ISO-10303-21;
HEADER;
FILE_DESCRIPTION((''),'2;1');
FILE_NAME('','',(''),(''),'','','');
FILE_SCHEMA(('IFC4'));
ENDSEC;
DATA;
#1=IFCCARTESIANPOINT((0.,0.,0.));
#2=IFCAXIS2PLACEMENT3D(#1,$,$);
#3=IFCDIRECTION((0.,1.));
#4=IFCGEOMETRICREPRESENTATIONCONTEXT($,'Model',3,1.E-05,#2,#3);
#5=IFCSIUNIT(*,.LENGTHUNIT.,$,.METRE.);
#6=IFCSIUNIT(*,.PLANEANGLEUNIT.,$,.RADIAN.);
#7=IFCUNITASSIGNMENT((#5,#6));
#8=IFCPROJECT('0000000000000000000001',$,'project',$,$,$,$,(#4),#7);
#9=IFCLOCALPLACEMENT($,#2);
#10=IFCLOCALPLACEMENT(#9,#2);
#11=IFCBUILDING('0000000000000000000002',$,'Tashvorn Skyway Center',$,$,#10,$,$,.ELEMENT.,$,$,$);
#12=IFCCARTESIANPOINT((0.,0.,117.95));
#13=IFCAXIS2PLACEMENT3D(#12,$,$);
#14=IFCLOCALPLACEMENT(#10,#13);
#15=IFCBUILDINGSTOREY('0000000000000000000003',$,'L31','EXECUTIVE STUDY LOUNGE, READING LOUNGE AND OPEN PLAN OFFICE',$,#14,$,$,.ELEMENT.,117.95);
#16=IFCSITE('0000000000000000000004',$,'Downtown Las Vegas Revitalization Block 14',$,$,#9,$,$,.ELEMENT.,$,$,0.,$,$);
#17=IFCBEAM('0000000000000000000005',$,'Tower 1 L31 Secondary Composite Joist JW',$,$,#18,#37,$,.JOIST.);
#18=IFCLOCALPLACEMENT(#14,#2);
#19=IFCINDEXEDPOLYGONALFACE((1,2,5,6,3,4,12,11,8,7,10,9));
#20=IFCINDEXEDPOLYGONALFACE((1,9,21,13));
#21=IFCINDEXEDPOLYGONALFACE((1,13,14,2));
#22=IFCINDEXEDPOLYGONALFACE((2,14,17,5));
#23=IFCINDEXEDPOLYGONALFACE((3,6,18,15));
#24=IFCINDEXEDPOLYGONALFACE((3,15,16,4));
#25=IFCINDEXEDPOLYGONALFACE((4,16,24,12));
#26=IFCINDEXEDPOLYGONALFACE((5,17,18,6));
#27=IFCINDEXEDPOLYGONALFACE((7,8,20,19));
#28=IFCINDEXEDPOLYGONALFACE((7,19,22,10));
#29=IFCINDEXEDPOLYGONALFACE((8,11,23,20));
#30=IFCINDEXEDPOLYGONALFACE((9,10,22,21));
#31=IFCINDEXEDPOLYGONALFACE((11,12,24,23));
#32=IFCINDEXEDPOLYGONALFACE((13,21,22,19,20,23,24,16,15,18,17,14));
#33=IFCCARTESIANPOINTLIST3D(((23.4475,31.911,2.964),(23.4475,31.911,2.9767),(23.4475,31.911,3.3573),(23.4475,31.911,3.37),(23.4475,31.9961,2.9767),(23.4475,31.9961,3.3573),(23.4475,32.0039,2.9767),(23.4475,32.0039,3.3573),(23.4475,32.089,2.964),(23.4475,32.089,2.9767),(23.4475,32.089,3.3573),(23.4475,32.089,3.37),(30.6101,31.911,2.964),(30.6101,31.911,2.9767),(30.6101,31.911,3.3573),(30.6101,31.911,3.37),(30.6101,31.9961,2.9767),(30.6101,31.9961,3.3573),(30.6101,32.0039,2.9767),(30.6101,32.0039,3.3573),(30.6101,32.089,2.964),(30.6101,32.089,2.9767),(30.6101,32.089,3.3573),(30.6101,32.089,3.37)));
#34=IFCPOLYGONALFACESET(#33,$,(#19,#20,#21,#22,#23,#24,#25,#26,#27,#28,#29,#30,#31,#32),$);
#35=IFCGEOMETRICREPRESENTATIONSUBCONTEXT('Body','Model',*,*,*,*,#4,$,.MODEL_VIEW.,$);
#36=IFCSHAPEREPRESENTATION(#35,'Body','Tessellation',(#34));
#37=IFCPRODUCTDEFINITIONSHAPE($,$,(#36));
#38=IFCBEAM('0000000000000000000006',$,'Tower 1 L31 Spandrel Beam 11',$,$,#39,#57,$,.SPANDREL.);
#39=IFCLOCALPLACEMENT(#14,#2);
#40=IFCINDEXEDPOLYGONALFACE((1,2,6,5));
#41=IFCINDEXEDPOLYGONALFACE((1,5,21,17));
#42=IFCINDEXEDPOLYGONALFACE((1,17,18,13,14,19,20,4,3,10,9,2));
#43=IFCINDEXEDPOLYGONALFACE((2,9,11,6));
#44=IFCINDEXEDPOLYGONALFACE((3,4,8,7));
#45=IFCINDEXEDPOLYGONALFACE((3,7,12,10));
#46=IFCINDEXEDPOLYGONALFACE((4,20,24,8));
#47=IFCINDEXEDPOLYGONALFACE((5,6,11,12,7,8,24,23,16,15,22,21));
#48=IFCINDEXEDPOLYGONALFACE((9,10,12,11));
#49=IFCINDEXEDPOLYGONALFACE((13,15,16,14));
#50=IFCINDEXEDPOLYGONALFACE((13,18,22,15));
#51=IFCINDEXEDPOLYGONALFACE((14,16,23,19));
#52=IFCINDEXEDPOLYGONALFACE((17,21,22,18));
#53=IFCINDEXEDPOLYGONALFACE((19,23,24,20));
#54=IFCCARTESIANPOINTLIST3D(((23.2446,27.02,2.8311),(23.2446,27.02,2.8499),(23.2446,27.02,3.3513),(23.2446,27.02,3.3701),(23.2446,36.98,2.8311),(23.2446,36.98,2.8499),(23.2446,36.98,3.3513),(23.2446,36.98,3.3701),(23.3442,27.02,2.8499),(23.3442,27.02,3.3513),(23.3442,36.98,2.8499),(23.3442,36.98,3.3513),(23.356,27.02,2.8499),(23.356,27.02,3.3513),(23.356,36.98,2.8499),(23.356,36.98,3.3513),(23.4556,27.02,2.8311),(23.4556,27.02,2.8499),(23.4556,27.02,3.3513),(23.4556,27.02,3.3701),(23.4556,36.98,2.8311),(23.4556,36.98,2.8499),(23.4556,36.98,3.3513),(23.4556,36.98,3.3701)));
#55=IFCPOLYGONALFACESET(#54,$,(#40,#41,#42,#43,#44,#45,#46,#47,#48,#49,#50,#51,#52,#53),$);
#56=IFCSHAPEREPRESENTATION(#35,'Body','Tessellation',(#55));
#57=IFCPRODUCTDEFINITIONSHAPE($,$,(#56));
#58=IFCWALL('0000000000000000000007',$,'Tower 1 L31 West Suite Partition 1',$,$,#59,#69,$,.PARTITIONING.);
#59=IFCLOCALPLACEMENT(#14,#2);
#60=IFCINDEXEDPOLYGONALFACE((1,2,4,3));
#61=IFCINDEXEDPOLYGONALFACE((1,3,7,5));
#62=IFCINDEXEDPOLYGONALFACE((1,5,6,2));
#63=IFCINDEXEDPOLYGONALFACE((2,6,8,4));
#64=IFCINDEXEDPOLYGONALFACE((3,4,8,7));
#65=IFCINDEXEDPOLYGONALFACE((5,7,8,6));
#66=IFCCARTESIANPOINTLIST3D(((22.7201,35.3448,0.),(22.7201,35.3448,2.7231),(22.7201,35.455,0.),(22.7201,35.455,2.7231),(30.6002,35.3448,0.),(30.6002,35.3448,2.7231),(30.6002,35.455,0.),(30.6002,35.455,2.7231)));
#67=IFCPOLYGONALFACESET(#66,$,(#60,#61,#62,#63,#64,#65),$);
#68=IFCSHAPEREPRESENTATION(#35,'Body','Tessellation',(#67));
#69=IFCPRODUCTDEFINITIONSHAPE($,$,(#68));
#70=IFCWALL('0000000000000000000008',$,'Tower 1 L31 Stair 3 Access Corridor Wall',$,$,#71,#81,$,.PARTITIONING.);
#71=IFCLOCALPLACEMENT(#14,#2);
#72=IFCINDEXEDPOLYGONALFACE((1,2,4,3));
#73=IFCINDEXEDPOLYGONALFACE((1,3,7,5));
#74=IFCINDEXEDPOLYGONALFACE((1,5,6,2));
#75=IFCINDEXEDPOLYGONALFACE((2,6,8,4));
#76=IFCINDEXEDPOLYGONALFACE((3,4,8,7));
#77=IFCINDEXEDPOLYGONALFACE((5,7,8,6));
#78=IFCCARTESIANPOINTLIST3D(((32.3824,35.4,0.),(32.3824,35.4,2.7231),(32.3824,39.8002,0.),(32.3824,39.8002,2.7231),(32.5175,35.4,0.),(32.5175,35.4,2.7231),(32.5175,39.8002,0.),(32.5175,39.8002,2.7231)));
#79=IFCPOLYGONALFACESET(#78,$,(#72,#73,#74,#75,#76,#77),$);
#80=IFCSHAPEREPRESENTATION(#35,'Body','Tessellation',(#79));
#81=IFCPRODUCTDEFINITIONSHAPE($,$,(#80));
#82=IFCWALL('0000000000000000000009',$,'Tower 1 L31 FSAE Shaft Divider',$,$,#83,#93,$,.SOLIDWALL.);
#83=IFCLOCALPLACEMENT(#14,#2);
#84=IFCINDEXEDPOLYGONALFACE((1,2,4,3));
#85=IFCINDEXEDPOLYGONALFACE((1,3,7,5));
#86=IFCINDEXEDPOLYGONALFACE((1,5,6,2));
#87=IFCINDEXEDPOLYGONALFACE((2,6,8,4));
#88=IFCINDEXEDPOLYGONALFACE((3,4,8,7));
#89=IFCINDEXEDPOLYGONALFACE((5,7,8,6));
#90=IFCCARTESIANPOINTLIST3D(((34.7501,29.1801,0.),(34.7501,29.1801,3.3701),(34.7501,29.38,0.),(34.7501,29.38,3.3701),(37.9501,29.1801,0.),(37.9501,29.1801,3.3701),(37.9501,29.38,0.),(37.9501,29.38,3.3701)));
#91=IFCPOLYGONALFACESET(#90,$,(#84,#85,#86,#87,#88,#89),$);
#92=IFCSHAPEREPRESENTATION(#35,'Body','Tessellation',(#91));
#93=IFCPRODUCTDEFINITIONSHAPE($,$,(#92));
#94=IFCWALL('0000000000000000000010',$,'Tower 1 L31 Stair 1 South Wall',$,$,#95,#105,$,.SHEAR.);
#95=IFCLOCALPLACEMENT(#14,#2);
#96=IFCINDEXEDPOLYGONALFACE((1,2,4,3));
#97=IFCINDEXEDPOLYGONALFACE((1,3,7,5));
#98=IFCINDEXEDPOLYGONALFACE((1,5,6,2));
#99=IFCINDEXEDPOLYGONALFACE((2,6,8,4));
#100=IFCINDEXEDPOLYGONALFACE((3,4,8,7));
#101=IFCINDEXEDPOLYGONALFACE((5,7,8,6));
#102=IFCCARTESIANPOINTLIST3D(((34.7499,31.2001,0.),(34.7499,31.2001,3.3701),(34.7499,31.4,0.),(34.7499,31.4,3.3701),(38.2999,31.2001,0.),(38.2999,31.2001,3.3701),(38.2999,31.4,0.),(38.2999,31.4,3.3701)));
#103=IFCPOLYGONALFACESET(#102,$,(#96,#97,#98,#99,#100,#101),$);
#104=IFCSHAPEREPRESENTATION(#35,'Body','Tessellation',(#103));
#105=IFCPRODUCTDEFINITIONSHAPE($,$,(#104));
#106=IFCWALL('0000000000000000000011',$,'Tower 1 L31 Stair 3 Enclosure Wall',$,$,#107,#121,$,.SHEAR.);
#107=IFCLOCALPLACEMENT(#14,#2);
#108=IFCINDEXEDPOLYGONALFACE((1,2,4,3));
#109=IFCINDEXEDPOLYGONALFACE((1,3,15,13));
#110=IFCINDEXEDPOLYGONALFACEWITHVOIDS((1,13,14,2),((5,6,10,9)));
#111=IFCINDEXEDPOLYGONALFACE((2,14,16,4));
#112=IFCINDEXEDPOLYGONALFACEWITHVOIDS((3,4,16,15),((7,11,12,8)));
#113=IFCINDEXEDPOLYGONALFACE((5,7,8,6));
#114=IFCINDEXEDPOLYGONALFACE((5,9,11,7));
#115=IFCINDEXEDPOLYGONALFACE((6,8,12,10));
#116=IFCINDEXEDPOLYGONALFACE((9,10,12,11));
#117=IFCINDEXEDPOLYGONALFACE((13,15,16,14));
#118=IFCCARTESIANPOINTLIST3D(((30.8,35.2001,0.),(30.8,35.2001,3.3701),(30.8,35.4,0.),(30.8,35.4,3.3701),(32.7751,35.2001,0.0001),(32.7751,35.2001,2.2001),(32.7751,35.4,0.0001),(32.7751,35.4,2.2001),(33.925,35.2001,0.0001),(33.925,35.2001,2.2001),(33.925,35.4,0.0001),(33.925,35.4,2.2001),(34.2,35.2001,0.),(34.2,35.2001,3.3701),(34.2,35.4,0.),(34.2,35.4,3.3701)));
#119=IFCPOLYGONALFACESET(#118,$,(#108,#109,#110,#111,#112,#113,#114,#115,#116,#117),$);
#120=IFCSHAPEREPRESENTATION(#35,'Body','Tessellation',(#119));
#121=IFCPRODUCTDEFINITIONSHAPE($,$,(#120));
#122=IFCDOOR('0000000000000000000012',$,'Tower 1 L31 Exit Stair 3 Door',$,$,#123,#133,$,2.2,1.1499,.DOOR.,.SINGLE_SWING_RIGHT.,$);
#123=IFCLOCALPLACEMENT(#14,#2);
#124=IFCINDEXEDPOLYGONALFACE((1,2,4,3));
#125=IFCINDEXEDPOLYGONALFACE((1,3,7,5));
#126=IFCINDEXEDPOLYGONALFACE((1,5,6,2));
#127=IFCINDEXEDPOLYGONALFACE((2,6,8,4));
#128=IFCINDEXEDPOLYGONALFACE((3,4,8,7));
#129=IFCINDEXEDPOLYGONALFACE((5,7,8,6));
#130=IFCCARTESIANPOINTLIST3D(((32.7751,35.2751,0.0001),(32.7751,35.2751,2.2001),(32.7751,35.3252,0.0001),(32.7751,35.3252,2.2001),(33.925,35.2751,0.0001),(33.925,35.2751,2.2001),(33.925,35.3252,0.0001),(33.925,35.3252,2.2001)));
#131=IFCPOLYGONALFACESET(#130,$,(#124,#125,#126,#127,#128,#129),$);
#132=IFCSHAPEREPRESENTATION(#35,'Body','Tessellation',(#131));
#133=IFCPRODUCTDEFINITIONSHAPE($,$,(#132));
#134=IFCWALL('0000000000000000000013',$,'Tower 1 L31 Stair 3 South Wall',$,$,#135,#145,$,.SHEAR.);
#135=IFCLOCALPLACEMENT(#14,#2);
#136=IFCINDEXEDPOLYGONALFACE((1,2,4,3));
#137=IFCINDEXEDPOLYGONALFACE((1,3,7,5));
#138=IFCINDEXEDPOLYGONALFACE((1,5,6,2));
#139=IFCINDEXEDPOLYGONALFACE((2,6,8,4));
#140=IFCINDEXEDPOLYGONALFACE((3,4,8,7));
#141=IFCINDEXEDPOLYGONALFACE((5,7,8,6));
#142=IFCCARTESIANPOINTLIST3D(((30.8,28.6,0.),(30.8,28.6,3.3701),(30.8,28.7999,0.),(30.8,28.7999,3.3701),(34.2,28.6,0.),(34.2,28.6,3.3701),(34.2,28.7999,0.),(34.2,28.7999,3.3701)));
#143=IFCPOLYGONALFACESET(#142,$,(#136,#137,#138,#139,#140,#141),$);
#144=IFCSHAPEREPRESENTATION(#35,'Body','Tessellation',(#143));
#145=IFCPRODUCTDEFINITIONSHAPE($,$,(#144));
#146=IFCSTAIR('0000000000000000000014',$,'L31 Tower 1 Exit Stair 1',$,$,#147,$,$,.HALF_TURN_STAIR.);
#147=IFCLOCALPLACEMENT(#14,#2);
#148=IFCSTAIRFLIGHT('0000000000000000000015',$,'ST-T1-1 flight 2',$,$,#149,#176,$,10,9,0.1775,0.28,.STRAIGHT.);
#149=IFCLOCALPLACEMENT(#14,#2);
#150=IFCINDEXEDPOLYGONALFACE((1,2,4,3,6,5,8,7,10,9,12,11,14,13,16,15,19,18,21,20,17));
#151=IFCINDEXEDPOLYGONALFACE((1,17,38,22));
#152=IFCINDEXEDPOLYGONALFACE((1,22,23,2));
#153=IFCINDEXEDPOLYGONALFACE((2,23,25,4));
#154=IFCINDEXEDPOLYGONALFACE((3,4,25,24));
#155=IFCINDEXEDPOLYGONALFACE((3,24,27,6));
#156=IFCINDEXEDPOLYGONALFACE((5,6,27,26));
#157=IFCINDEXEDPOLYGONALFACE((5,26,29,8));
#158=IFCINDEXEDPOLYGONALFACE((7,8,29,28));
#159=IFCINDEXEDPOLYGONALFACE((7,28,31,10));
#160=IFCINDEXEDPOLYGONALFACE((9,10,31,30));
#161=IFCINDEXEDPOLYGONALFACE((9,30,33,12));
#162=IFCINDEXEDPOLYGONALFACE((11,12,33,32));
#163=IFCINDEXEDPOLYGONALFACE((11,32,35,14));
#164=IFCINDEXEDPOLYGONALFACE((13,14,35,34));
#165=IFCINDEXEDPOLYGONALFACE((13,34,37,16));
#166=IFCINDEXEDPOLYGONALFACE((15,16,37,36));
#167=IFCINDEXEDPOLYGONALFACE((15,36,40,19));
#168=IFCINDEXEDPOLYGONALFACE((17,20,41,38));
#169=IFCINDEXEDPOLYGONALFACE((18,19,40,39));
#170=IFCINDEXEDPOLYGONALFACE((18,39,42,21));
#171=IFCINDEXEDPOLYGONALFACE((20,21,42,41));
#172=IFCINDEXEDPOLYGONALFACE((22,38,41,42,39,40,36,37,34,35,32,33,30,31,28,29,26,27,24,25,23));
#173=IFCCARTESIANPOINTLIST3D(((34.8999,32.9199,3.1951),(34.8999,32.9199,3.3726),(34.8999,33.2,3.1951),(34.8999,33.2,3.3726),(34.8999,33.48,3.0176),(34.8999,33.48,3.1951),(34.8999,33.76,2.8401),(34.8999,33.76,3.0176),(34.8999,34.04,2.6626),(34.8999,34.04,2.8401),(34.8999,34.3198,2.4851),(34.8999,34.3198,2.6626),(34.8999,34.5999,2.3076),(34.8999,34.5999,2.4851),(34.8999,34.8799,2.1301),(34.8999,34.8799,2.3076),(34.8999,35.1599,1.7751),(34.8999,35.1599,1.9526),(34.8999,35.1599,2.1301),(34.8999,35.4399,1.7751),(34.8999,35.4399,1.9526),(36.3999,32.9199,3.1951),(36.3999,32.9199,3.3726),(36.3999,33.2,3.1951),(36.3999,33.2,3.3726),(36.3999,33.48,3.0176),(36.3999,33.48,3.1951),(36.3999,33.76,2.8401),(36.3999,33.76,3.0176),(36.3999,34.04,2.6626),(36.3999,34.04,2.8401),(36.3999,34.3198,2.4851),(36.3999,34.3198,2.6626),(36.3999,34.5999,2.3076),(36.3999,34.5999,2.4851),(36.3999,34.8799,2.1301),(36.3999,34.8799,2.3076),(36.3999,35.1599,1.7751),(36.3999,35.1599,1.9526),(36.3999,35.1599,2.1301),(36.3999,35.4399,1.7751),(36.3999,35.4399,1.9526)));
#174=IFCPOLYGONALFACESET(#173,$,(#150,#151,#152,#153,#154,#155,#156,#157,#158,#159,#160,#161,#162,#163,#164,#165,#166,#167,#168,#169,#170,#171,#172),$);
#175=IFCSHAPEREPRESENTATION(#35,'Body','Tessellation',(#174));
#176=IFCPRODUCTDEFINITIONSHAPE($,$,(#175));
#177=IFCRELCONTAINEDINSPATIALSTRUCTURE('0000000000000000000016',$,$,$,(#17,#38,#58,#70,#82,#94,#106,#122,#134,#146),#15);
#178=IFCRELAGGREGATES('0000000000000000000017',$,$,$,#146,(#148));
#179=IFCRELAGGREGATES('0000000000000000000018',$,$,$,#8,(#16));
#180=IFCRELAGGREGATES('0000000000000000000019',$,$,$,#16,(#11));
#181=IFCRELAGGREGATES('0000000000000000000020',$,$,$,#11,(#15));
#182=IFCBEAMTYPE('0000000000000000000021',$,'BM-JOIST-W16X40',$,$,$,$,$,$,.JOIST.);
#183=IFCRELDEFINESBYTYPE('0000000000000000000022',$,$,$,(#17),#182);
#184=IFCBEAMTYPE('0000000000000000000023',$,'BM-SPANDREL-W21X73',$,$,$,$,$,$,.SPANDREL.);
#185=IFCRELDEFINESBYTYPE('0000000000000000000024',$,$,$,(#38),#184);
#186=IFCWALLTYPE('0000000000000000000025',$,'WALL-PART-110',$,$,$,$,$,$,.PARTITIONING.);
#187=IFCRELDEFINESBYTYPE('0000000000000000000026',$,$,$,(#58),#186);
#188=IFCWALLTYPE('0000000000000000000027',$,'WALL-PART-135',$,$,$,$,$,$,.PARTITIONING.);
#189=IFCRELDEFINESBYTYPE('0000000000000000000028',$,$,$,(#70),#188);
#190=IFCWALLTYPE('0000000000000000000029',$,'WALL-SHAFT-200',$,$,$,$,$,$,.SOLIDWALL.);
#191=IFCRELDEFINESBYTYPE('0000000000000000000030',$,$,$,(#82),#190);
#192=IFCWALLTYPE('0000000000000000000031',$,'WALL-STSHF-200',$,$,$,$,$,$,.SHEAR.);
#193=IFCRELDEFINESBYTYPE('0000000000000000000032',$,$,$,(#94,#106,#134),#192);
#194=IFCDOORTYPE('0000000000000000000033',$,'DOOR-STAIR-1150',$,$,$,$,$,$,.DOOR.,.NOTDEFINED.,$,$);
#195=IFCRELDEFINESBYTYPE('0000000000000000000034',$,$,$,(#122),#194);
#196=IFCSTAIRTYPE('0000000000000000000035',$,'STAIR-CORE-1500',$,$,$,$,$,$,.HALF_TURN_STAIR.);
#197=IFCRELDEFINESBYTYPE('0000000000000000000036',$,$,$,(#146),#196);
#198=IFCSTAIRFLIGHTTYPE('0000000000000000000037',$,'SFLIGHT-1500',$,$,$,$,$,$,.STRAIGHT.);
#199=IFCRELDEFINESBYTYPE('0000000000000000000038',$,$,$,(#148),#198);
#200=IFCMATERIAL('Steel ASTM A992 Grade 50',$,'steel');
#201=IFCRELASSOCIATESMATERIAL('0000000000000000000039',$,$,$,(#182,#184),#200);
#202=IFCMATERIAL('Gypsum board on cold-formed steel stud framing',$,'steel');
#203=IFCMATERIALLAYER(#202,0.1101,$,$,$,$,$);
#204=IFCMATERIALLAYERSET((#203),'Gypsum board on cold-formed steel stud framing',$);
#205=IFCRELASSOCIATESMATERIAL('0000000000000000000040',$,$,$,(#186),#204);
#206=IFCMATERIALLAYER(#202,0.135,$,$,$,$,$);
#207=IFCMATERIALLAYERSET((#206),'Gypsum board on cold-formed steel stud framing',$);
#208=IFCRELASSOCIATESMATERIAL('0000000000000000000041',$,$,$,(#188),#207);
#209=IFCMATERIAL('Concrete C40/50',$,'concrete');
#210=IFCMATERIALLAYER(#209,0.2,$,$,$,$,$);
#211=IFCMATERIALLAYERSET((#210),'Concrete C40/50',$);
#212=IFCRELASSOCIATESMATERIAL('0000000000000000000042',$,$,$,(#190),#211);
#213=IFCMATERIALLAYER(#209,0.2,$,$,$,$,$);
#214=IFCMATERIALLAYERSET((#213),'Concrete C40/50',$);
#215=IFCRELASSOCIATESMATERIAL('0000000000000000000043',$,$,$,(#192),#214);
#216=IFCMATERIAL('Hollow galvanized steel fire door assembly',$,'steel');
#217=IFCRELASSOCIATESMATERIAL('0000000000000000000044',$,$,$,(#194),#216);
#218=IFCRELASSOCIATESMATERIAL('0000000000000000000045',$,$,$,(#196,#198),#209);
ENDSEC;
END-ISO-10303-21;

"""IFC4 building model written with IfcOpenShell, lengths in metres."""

from ifc_helpers import new_model, si_unit, direction, frame, frame_2d, origin, origin_2d, place, context, subcontext, project, spatial, polyline, rectangle, i_section, outline, extrude, material, layer, layer_set, material_profile, profile_set, type_object, element, fill, aggregate, save


model = new_model("IFC4")

# Units and contexts
model_context = context("Model", 3, precision=1e-05, world=origin(), true_north=direction((0.0, 1.0)))
body_context = subcontext(model_context, "Body", "Model", "MODEL_VIEW")
ifc_project = project(units=[si_unit("LENGTHUNIT", "METRE"), si_unit("PLANEANGLEUNIT", "RADIAN")], contexts=[model_context])

# Site, building, storey
site_placement = place(None, origin())
site = spatial("IfcSite", under=ifc_project, at=site_placement, Name="Downtown Las Vegas Revitalization Block 14", CompositionType="ELEMENT", RefElevation=0.0)
building_placement = place(site_placement, origin())
building = spatial("IfcBuilding", under=site, at=building_placement, Name="Tashvorn Skyway Center", CompositionType="ELEMENT")
storey_placement = place(building_placement, frame((0.0, 0.0, 117.95)))
storey = spatial("IfcBuildingStorey", under=building, at=storey_placement, Name="L31", Description="EXECUTIVE STUDY LOUNGE, READING LOUNGE AND OPEN PLAN OFFICE", CompositionType="ELEMENT", Elevation=117.95)

# Beams
ifc_material_1 = material(Name="Steel ASTM A992 Grade 50", Category="steel")
ifc_material_profile_1 = material_profile(ifc_material_1, i_section(OverallWidth=0.178, OverallDepth=0.406, WebThickness=0.0078, FlangeThickness=0.0127, at=origin_2d()), Name="W16X40")
ifc_profile_set_1 = profile_set([ifc_material_profile_1], Name="Steel ASTM A992 Grade 50")
beam_type_1 = type_object("IfcBeamType", Name="BM-JOIST-W16X40", PredefinedType="JOIST", material=ifc_profile_set_1)
beam_1_placement = place(storey_placement, frame((30.6101, 32.0, 3.167), z_axis=(-1.0, 0.0, 0.0), x_axis=(0.0, -1.0, 0.0)))
element("IfcBeam", 1, at=beam_1_placement, inside=storey, type_object=beam_type_1, Name="Tower 1 L31 Secondary Composite Joist JW", PredefinedType="JOIST", context=body_context, shape_type="SweptSolid", body=[
    extrude(i_section(OverallWidth=0.178, OverallDepth=0.406, WebThickness=0.0078, FlangeThickness=0.0127, at=origin_2d()), origin(), (0.0, 0.0, 1.0), 7.1626),
])
ifc_material_profile_2 = material_profile(ifc_material_1, i_section(OverallWidth=0.2109, OverallDepth=0.5391, WebThickness=0.0117, FlangeThickness=0.0188, at=origin_2d()), Name="W21X73")
ifc_profile_set_2 = profile_set([ifc_material_profile_2], Name="Steel ASTM A992 Grade 50")
beam_type_2 = type_object("IfcBeamType", Name="BM-SPANDREL-W21X73", PredefinedType="SPANDREL", material=ifc_profile_set_2)
beam_2_placement = place(storey_placement, frame((23.3501, 36.98, 3.1006), z_axis=(0.0, -1.0, 0.0), x_axis=(1.0, 0.0, 0.0)))
element("IfcBeam", 2, at=beam_2_placement, inside=storey, type_object=beam_type_2, Name="Tower 1 L31 Spandrel Beam 11", PredefinedType="SPANDREL", context=body_context, shape_type="SweptSolid", body=[
    extrude(i_section(OverallWidth=0.2109, OverallDepth=0.5391, WebThickness=0.0117, FlangeThickness=0.0188, at=origin_2d()), origin(), (0.0, 0.0, 1.0), 9.96),
])

# Walls
ifc_material_2 = material(Name="Gypsum board on cold-formed steel stud framing", Category="steel")
ifc_layer_1 = layer(ifc_material_2, 0.1101)
ifc_layer_set_1 = layer_set([ifc_layer_1], Name="Gypsum board on cold-formed steel stud framing")
wall_type_1 = type_object("IfcWallType", Name="WALL-PART-110", PredefinedType="PARTITIONING", material=ifc_layer_set_1)
wall_1_placement = place(storey_placement, frame((30.6001, 35.3999, 0.0), z_axis=(0.0, 0.0, 1.0), x_axis=(-1.0, 0.0, 0.0)))
element("IfcWall", 3, at=wall_1_placement, inside=storey, type_object=wall_type_1, Name="Tower 1 L31 West Suite Partition 1", PredefinedType="PARTITIONING", context=body_context, shape_type="SweptSolid", body=[
    extrude(rectangle(XDim=7.8801, YDim=0.1101, at=frame_2d((3.9399, 0.0))), origin(), (0.0, 0.0, 1.0), 2.7231),
])
ifc_layer_2 = layer(ifc_material_2, 0.135)
ifc_layer_set_2 = layer_set([ifc_layer_2], Name="Gypsum board on cold-formed steel stud framing")
wall_type_2 = type_object("IfcWallType", Name="WALL-PART-135", PredefinedType="PARTITIONING", material=ifc_layer_set_2)
wall_2_placement = place(storey_placement, frame((32.45, 35.3999, 0.0), z_axis=(0.0, 0.0, 1.0), x_axis=(0.0, 1.0, 0.0)))
element("IfcWall", 4, at=wall_2_placement, inside=storey, type_object=wall_type_2, Name="Tower 1 L31 Stair 3 Access Corridor Wall", PredefinedType="PARTITIONING", context=body_context, shape_type="SweptSolid", body=[
    extrude(rectangle(XDim=4.4001, YDim=0.135, at=frame_2d((2.2002, 0.0))), origin(), (0.0, 0.0, 1.0), 2.7231),
])
ifc_material_3 = material(Name="Concrete C40/50", Category="concrete")
ifc_layer_3 = layer(ifc_material_3, 0.2)
ifc_layer_set_3 = layer_set([ifc_layer_3], Name="Concrete C40/50")
wall_type_3 = type_object("IfcWallType", Name="WALL-SHAFT-200", PredefinedType="SOLIDWALL", material=ifc_layer_set_3)
wall_3_placement = place(storey_placement, frame((34.75, 29.28, 0.0), z_axis=(0.0, 0.0, 1.0), x_axis=(1.0, 0.0, 0.0)))
element("IfcWall", 5, at=wall_3_placement, inside=storey, type_object=wall_type_3, Name="Tower 1 L31 FSAE Shaft Divider", PredefinedType="SOLIDWALL", context=body_context, shape_type="SweptSolid", body=[
    extrude(rectangle(XDim=3.2, YDim=0.2, at=frame_2d((1.6001, 0.0))), origin(), (0.0, 0.0, 1.0), 3.3701),
])
ifc_layer_4 = layer(ifc_material_3, 0.2)
ifc_layer_set_4 = layer_set([ifc_layer_4], Name="Concrete C40/50")
wall_type_4 = type_object("IfcWallType", Name="WALL-STSHF-200", PredefinedType="SHEAR", material=ifc_layer_set_4)
wall_4_placement = place(storey_placement, frame((34.75, 31.3, 0.0), z_axis=(0.0, 0.0, 1.0), x_axis=(1.0, 0.0, 0.0)))
element("IfcWall", 6, at=wall_4_placement, inside=storey, type_object=wall_type_4, Name="Tower 1 L31 Stair 1 South Wall", PredefinedType="SHEAR", context=body_context, shape_type="SweptSolid", body=[
    extrude(rectangle(XDim=3.55, YDim=0.2, at=frame_2d((1.7749, 0.0))), origin(), (0.0, 0.0, 1.0), 3.3701),
])

# Wall, opening, door
wall_5_placement = place(storey_placement, frame((34.2, 35.3, 0.0), z_axis=(0.0, 0.0, 1.0), x_axis=(-1.0, 0.0, 0.0)))
wall_5 = element("IfcWall", 7, at=wall_5_placement, inside=storey, type_object=wall_type_4, Name="Tower 1 L31 Stair 3 Enclosure Wall", PredefinedType="SHEAR", context=body_context, shape_type="SweptSolid", body=[
    extrude(rectangle(XDim=3.3999, YDim=0.2, at=frame_2d((1.7, 0.0))), origin(), (0.0, 0.0, 1.0), 3.3701),
])
opening_placement = place(wall_5_placement, frame((0.2749, 0.0, 0.0)))
opening = element("IfcOpeningElement", 8, at=opening_placement, cuts=wall_5, PredefinedType="OPENING", context=body_context, shape_type="SweptSolid", body=[
    extrude(rectangle(XDim=1.1499, YDim=2.2, at=frame_2d((0.575, 1.1001))), frame((0.0, 0.1099, 0.0), z_axis=(0.0, -1.0, 0.0), x_axis=(1.0, 0.0, 0.0)), (0.0, 0.0, 1.0), 0.22),
])
ifc_material_4 = material(Name="Hollow galvanized steel fire door assembly", Category="steel")
door_type = type_object("IfcDoorType", Name="DOOR-STAIR-1150", OperationType="NOTDEFINED", PredefinedType="DOOR", material=ifc_material_4)
door_placement = place(opening_placement, origin())
door = element("IfcDoor", 9, at=door_placement, inside=storey, type_object=door_type, Name="Tower 1 L31 Exit Stair 3 Door", OperationType="SINGLE_SWING_RIGHT", OverallHeight=2.2, OverallWidth=1.1499, PredefinedType="DOOR", context=body_context, shape_type="SweptSolid", body=[
    extrude(rectangle(XDim=1.1499, YDim=2.2, at=frame_2d((0.575, 1.1001))), frame((0.0, 0.0249, 0.0), z_axis=(0.0, -1.0, 0.0), x_axis=(1.0, 0.0, 0.0)), (0.0, 0.0, 1.0), 0.05),
])
fill(opening, door)

# Wall
wall_6_placement = place(storey_placement, frame((30.8, 28.7, 0.0), z_axis=(0.0, 0.0, 1.0), x_axis=(1.0, 0.0, 0.0)))
element("IfcWall", 10, at=wall_6_placement, inside=storey, type_object=wall_type_4, Name="Tower 1 L31 Stair 3 South Wall", PredefinedType="SHEAR", context=body_context, shape_type="SweptSolid", body=[
    extrude(rectangle(XDim=3.3999, YDim=0.2, at=frame_2d((1.7, 0.0))), origin(), (0.0, 0.0, 1.0), 3.3701),
])

# Stair, stair flight
stair_type = type_object("IfcStairType", Name="STAIR-CORE-1500", PredefinedType="HALF_TURN_STAIR", material=ifc_material_3)
stair_1_placement = place(storey_placement, origin())
stair_1 = element("IfcStair", 11, at=stair_1_placement, inside=storey, type_object=stair_type, Name="L31 Tower 1 Exit Stair 1", PredefinedType="HALF_TURN_STAIR")
stair_flight_type = type_object("IfcStairFlightType", Name="SFLIGHT-1500", PredefinedType="STRAIGHT", material=ifc_material_3)
stair_flight_1_placement = place(storey_placement, frame((35.6499, 35.4399, 1.7751), z_axis=(0.0, 0.0, 1.0), x_axis=(0.0, -1.0, 0.0)))
stair_flight_1 = element("IfcStairFlight", 12, at=stair_flight_1_placement, type_object=stair_flight_type, Name="ST-T1-1 flight 2", NumberOfRisers=10, NumberOfTreads=9, PredefinedType="STRAIGHT", RiserHeight=0.1775, TreadLength=0.28, context=body_context, shape_type="SweptSolid", body=[
    extrude(outline(polyline([(0.0, 0.0), (0.0, 0.1775), (0.28, 0.1775), (0.28, 0.355), (0.5601, 0.355), (0.5601, 0.5325), (0.8401, 0.5325), (0.8401, 0.71), (1.1201, 0.71), (1.1201, 0.8875), (1.3999, 0.8875), (1.3999, 1.0649), (1.6799, 1.0649), (1.6799, 1.2424), (1.96, 1.2424), (1.96, 1.4199), (2.24, 1.4199), (2.24, 1.5974), (2.52, 1.5974), (2.52, 1.7749), (2.52, 1.4199), (0.28, 0.0), (0.0, 0.0)])), frame((0.0, 0.75, 0.0), z_axis=(0.0, -1.0, 0.0), x_axis=(1.0, 0.0, 0.0)), (0.0, 0.0, 1.0), 1.5),
])
aggregate(stair_1, [stair_flight_1])

save(model, "model.ifc")
